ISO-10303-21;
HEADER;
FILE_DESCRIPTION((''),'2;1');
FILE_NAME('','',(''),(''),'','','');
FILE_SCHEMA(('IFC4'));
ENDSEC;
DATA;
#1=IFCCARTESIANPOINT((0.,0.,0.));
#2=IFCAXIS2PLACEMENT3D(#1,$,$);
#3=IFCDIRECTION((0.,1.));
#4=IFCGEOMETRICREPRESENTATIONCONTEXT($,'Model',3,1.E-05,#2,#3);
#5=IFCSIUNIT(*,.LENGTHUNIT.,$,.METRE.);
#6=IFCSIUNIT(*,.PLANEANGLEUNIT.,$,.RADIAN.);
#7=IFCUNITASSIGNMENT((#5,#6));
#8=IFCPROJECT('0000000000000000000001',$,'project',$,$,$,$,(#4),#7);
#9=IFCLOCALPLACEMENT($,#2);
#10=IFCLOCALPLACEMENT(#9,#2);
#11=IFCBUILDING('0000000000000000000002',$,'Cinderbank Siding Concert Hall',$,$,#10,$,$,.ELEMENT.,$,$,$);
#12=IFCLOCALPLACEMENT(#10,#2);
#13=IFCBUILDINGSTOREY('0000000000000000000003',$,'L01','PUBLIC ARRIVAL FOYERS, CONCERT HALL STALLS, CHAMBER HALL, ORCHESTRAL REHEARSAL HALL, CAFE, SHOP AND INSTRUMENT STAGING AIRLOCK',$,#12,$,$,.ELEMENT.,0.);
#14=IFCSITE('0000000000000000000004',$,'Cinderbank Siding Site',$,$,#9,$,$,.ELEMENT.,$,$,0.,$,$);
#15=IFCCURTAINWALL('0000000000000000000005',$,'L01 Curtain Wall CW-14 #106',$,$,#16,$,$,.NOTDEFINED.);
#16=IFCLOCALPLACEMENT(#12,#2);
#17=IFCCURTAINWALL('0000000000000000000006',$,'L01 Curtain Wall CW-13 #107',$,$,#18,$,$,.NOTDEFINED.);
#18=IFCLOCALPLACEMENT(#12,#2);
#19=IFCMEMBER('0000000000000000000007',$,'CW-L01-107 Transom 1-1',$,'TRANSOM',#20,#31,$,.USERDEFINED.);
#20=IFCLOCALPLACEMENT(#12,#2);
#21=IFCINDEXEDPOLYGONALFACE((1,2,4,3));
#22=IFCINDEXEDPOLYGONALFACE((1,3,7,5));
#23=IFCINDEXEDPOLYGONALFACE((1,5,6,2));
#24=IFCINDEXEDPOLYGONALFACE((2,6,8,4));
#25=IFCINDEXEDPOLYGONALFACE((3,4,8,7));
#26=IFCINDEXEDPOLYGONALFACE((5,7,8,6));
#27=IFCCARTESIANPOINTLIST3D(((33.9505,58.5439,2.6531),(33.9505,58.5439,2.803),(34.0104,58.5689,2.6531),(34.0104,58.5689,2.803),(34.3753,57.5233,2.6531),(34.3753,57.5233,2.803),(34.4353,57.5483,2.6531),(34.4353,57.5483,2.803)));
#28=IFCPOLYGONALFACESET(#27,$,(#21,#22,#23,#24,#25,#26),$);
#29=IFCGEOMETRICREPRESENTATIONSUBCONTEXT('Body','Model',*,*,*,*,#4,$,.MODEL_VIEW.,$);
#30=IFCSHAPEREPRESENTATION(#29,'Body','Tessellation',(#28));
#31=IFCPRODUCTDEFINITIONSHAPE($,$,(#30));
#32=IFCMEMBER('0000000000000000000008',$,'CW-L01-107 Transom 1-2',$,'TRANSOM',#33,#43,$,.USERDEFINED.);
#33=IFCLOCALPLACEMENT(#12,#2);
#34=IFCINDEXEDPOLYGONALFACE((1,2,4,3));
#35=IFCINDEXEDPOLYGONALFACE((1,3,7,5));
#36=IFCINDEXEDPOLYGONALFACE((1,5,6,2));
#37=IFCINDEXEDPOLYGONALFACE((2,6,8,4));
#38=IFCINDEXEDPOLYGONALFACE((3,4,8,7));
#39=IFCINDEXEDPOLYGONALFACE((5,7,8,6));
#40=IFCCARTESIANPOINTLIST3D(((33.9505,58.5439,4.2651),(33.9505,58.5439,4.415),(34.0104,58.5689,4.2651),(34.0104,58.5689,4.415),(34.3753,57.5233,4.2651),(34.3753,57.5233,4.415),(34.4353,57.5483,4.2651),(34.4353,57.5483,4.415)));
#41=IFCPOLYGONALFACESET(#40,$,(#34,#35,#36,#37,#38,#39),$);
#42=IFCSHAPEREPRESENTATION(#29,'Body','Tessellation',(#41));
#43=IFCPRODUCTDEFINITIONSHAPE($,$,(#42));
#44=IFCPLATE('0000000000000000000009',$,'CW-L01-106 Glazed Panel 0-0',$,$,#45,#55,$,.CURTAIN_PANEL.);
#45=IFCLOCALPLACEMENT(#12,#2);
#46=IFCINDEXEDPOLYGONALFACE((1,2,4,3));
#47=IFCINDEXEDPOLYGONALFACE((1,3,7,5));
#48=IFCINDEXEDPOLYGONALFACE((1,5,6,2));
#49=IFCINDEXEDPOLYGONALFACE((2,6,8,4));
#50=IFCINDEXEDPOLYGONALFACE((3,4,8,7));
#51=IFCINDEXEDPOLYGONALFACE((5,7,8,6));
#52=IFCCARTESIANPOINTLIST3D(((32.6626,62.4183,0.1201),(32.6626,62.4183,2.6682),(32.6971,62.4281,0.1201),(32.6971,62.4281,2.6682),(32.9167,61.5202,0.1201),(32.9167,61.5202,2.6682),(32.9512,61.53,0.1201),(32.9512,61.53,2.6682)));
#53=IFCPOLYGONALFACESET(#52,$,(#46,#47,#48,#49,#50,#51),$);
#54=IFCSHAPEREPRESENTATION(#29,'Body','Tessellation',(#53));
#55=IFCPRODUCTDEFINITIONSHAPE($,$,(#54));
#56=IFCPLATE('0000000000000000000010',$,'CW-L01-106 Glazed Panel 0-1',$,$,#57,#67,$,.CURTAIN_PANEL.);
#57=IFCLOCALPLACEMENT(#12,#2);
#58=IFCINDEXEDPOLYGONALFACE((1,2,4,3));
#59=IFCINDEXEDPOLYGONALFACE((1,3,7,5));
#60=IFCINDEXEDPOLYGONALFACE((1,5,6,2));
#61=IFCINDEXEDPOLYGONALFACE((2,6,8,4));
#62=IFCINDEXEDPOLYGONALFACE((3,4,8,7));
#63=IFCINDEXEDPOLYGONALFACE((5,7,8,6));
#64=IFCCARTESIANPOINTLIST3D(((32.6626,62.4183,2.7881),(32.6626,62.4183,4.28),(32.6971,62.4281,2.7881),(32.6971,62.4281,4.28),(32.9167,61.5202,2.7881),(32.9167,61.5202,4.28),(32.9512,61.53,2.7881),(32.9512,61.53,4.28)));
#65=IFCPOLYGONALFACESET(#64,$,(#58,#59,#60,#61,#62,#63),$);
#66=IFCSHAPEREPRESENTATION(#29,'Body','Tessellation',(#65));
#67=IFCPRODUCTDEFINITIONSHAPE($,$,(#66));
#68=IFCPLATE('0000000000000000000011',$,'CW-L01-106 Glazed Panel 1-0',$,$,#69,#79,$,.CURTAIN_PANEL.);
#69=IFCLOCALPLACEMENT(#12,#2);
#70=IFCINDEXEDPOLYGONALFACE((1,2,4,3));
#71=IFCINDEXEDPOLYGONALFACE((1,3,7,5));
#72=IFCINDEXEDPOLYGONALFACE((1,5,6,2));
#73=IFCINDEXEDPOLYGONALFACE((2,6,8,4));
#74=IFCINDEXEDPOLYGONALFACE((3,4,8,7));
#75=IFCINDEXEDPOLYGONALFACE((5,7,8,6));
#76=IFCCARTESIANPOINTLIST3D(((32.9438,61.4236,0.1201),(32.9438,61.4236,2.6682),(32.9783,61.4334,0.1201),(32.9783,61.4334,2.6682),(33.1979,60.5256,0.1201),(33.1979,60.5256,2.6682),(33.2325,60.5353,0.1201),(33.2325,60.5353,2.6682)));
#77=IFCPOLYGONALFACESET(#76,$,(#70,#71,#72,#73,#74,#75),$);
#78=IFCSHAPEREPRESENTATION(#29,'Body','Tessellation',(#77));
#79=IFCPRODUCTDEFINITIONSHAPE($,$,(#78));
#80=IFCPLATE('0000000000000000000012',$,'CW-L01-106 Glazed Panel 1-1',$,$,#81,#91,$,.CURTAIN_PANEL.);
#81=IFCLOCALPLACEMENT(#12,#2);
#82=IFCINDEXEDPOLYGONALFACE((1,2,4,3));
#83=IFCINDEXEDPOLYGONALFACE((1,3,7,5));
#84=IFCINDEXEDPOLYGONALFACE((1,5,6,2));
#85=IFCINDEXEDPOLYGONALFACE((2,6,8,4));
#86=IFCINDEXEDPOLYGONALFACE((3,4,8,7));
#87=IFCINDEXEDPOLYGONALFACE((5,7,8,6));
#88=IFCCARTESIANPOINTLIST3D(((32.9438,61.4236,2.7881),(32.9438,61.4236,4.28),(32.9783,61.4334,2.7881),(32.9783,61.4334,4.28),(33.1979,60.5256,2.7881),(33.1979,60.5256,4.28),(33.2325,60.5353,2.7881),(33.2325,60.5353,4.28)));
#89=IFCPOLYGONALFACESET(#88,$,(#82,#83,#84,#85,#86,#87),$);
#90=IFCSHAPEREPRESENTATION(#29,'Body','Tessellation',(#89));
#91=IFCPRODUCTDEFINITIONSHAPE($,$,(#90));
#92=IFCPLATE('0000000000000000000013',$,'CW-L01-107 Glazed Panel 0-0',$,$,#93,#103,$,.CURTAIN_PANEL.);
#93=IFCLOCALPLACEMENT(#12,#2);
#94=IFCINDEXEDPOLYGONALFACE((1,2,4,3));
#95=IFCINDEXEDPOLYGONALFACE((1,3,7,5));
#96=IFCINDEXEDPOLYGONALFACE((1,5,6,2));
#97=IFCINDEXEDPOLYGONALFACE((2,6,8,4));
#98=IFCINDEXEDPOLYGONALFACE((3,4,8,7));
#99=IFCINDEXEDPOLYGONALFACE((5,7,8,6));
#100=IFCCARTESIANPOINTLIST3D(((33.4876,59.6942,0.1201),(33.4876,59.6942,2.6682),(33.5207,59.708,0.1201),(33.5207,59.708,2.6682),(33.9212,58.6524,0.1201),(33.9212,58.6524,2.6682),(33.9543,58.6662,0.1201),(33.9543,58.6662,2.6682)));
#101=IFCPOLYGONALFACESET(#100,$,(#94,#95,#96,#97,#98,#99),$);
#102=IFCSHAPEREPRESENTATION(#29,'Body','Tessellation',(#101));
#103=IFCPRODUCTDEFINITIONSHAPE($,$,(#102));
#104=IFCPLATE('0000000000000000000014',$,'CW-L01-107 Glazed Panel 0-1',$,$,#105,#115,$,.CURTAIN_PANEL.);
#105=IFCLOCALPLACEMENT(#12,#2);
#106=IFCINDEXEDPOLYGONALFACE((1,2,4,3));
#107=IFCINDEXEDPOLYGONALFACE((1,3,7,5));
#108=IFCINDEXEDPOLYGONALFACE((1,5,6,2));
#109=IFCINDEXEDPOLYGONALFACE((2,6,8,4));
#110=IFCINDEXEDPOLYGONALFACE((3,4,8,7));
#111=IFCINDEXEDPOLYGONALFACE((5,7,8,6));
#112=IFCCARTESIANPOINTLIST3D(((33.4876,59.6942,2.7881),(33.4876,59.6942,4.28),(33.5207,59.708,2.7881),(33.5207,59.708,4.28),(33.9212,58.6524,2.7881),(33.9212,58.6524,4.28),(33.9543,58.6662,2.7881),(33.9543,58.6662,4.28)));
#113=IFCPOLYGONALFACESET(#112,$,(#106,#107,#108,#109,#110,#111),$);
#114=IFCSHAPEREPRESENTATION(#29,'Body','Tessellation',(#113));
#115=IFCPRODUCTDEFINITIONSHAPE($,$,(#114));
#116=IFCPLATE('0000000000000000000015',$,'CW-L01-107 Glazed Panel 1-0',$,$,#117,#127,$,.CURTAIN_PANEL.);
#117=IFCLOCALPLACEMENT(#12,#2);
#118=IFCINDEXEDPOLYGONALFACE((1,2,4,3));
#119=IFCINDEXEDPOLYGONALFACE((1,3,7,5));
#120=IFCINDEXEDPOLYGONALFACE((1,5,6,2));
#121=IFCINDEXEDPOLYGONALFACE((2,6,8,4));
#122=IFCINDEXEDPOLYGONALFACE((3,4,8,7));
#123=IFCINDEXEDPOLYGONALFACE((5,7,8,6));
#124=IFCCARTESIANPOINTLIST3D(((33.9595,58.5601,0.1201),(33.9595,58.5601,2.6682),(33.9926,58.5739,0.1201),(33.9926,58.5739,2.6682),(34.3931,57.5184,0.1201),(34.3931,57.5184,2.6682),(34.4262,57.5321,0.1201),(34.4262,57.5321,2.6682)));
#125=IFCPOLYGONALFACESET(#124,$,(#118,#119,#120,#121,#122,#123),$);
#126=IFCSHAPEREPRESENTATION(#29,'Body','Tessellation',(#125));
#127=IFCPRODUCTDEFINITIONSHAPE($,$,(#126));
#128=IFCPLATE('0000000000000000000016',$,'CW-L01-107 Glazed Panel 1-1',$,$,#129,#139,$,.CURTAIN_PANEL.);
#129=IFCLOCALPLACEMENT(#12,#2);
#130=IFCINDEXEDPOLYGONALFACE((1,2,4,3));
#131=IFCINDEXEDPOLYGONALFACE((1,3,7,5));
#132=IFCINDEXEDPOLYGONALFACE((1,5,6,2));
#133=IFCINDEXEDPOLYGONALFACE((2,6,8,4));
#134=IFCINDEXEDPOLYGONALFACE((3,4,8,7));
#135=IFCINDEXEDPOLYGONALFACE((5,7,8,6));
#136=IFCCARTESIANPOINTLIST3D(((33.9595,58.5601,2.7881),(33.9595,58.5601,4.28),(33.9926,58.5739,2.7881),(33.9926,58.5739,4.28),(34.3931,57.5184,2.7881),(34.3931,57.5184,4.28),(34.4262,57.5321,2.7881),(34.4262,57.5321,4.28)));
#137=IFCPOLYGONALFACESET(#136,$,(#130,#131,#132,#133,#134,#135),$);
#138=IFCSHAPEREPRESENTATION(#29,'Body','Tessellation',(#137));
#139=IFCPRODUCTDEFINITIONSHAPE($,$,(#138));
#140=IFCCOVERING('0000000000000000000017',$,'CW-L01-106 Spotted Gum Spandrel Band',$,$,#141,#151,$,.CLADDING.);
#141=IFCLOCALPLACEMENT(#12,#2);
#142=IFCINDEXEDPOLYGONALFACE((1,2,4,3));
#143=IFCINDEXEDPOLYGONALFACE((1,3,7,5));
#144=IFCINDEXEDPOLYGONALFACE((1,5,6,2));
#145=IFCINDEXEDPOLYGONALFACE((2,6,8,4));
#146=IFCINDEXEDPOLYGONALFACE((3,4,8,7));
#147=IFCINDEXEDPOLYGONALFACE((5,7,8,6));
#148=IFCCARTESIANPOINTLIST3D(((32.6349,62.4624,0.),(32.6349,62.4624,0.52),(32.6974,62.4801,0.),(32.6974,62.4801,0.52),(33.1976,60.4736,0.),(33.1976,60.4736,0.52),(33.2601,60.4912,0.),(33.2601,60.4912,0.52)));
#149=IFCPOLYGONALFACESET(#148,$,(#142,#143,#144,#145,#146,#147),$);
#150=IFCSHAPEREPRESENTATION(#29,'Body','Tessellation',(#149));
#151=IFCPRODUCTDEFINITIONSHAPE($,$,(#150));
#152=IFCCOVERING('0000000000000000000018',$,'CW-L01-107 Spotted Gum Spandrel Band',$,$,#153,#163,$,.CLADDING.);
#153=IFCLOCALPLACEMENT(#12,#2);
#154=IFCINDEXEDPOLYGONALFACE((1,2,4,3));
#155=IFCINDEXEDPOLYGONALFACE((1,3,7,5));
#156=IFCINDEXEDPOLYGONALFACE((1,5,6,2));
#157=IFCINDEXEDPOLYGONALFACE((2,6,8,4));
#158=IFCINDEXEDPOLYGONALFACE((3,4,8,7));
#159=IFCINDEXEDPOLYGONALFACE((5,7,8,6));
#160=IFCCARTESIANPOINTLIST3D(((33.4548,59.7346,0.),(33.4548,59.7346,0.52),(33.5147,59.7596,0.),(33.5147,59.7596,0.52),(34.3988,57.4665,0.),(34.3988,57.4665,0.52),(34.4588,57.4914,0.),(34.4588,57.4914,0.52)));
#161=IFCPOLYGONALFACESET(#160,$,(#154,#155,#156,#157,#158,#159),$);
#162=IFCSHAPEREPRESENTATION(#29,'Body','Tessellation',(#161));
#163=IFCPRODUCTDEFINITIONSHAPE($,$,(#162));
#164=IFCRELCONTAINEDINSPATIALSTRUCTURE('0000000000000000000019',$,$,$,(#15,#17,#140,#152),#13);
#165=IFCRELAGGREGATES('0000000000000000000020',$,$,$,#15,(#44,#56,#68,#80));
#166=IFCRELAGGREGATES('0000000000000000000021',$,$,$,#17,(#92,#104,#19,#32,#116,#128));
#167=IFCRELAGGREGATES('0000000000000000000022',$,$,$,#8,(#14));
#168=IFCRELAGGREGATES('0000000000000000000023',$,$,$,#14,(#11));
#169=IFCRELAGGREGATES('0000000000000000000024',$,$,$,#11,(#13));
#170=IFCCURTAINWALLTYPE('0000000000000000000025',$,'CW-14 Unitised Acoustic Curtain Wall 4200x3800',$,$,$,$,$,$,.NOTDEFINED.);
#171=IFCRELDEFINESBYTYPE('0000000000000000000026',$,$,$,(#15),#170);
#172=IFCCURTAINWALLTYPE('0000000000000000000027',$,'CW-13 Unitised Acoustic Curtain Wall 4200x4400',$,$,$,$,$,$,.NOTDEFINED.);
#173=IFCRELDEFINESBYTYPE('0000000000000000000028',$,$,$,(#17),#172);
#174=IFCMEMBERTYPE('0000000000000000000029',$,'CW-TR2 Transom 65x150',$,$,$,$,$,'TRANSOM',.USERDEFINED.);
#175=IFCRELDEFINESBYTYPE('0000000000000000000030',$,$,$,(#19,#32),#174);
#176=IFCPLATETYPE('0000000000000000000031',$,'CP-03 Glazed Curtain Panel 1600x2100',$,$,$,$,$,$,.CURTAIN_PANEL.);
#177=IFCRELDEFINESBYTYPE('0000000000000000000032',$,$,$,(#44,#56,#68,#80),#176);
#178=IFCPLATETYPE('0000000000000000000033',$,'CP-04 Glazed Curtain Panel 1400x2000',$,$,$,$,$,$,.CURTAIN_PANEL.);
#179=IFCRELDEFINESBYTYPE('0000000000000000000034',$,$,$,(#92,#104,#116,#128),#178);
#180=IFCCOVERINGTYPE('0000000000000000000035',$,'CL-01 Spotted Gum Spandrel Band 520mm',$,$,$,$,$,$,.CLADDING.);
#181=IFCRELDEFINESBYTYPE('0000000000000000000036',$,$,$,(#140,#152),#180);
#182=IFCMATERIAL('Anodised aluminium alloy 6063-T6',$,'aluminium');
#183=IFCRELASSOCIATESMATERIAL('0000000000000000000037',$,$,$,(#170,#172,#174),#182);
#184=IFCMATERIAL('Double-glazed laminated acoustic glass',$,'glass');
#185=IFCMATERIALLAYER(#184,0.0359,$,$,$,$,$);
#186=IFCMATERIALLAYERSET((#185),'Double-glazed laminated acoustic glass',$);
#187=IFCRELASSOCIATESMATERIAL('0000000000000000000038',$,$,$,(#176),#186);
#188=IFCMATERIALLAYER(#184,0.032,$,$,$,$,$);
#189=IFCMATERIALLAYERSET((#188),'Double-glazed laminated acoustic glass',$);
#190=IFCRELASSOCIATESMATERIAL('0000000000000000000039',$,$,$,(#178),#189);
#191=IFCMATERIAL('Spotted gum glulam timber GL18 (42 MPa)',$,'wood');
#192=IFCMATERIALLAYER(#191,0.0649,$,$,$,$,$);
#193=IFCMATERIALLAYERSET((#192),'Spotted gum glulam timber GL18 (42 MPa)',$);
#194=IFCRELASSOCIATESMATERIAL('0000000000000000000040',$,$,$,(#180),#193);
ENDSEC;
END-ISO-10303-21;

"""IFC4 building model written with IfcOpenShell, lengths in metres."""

from ifc_helpers import new_model, si_unit, direction, frame, origin, origin_2d, place, context, subcontext, project, spatial, rectangle, extrude, material, layer, layer_set, material_profile, profile_set, type_object, element, aggregate, save


model = new_model("IFC4")

# Units and contexts
model_context = context("Model", 3, precision=1e-05, world=origin(), true_north=direction((0.0, 1.0)))
body_context = subcontext(model_context, "Body", "Model", "MODEL_VIEW")
ifc_project = project(units=[si_unit("LENGTHUNIT", "METRE"), si_unit("PLANEANGLEUNIT", "RADIAN")], contexts=[model_context])

# Site, building, storey
site_placement = place(None, origin())
site = spatial("IfcSite", under=ifc_project, at=site_placement, Name="Cinderbank Siding Site", CompositionType="ELEMENT", RefElevation=0.0)
building_placement = place(site_placement, origin())
building = spatial("IfcBuilding", under=site, at=building_placement, Name="Cinderbank Siding Concert Hall", CompositionType="ELEMENT")
storey_placement = place(building_placement, origin())
storey = spatial("IfcBuildingStorey", under=building, at=storey_placement, Name="L01", Description="PUBLIC ARRIVAL FOYERS, CONCERT HALL STALLS, CHAMBER HALL, ORCHESTRAL REHEARSAL HALL, CAFE, SHOP AND INSTRUMENT STAGING AIRLOCK", CompositionType="ELEMENT", Elevation=0.0)

# Curtain walls
ifc_material_1 = material(Name="Anodised aluminium alloy 6063-T6", Category="aluminium")
curtain_wall_type_1 = type_object("IfcCurtainWallType", Name="CW-14 Unitised Acoustic Curtain Wall 4200x3800", PredefinedType="NOTDEFINED", material=ifc_material_1)
curtain_wall_1_placement = place(storey_placement, origin())
curtain_wall_1 = element("IfcCurtainWall", 1, at=curtain_wall_1_placement, inside=storey, type_object=curtain_wall_type_1, Name="L01 Curtain Wall CW-14 #106", PredefinedType="NOTDEFINED")
curtain_wall_type_2 = type_object("IfcCurtainWallType", Name="CW-13 Unitised Acoustic Curtain Wall 4200x4400", PredefinedType="NOTDEFINED", material=ifc_material_1)
curtain_wall_2_placement = place(storey_placement, origin())
curtain_wall_2 = element("IfcCurtainWall", 2, at=curtain_wall_2_placement, inside=storey, type_object=curtain_wall_type_2, Name="L01 Curtain Wall CW-13 #107", PredefinedType="NOTDEFINED")

# Members
ifc_material_profile_1 = material_profile(ifc_material_1, rectangle(XDim=0.0649, YDim=0.1499, at=origin_2d()), Name="ALU-TRAN-65x150", Category="LoadBearing")
ifc_profile_set_1 = profile_set([ifc_material_profile_1], Name="Anodised aluminium alloy 6063-T6")
member_type_1 = type_object("IfcMemberType", Name="CW-TR2 Transom 65x150", ElementType="TRANSOM", PredefinedType="USERDEFINED", material=ifc_profile_set_1)
member_1_placement = place(storey_placement, frame((33.9805, 58.5564, 2.728), z_axis=(0.384302, -0.923208, 0.0), x_axis=(0.923208, 0.384302, 0.0)))
member_1 = element("IfcMember", 3, at=member_1_placement, type_object=member_type_1, Name="CW-L01-107 Transom 1-1", ObjectType="TRANSOM", PredefinedType="USERDEFINED", context=body_context, shape_type="SweptSolid", body=[
    extrude(rectangle(XDim=0.0649, YDim=0.1499, at=origin_2d()), origin(), (0.0, 0.0, 1.0), 1.1055),
])
member_2_placement = place(storey_placement, frame((33.9805, 58.5564, 4.3401), z_axis=(0.384302, -0.923208, 0.0), x_axis=(0.923208, 0.384302, 0.0)))
member_2 = element("IfcMember", 4, at=member_2_placement, type_object=member_type_1, Name="CW-L01-107 Transom 1-2", ObjectType="TRANSOM", PredefinedType="USERDEFINED", context=body_context, shape_type="SweptSolid", body=[
    extrude(rectangle(XDim=0.0649, YDim=0.1499, at=origin_2d()), origin(), (0.0, 0.0, 1.0), 1.1055),
])

# Plates
ifc_material_2 = material(Name="Double-glazed laminated acoustic glass", Category="glass")
ifc_layer_1 = layer(ifc_material_2, 0.0359)
ifc_layer_set_1 = layer_set([ifc_layer_1], Name="Double-glazed laminated acoustic glass")
plate_type_1 = type_object("IfcPlateType", Name="CP-03 Glazed Curtain Panel 1600x2100", PredefinedType="CURTAIN_PANEL", material=ifc_layer_set_1)
plate_1_placement = place(storey_placement, frame((32.8069, 61.9741, 0.1201), z_axis=(0.0, 0.0, 1.0), x_axis=(0.272275, -0.962219, 0.0)))
plate_1 = element("IfcPlate", 5, at=plate_1_placement, type_object=plate_type_1, Name="CW-L01-106 Glazed Panel 0-0", PredefinedType="CURTAIN_PANEL", context=body_context, shape_type="SweptSolid", body=[
    extrude(rectangle(XDim=0.9333, YDim=0.0359, at=origin_2d()), origin(), (0.0, 0.0, 1.0), 2.5481),
])
plate_2_placement = place(storey_placement, frame((32.8069, 61.9741, 2.7881), z_axis=(0.0, 0.0, 1.0), x_axis=(0.272275, -0.962219, 0.0)))
plate_2 = element("IfcPlate", 6, at=plate_2_placement, type_object=plate_type_1, Name="CW-L01-106 Glazed Panel 0-1", PredefinedType="CURTAIN_PANEL", context=body_context, shape_type="SweptSolid", body=[
    extrude(rectangle(XDim=0.9333, YDim=0.0359, at=origin_2d()), origin(), (0.0, 0.0, 1.0), 1.4919),
])
plate_3_placement = place(storey_placement, frame((33.0881, 60.9795, 0.1201), z_axis=(0.0, 0.0, 1.0), x_axis=(0.272275, -0.962219, 0.0)))
plate_3 = element("IfcPlate", 7, at=plate_3_placement, type_object=plate_type_1, Name="CW-L01-106 Glazed Panel 1-0", PredefinedType="CURTAIN_PANEL", context=body_context, shape_type="SweptSolid", body=[
    extrude(rectangle(XDim=0.9333, YDim=0.0359, at=origin_2d()), origin(), (0.0, 0.0, 1.0), 2.5481),
])
plate_4_placement = place(storey_placement, frame((33.0881, 60.9795, 2.7881), z_axis=(0.0, 0.0, 1.0), x_axis=(0.272275, -0.962219, 0.0)))
plate_4 = element("IfcPlate", 8, at=plate_4_placement, type_object=plate_type_1, Name="CW-L01-106 Glazed Panel 1-1", PredefinedType="CURTAIN_PANEL", context=body_context, shape_type="SweptSolid", body=[
    extrude(rectangle(XDim=0.9333, YDim=0.0359, at=origin_2d()), origin(), (0.0, 0.0, 1.0), 1.4919),
])
aggregate(curtain_wall_1, [plate_1, plate_2, plate_3, plate_4])
ifc_layer_2 = layer(ifc_material_2, 0.032)
ifc_layer_set_2 = layer_set([ifc_layer_2], Name="Double-glazed laminated acoustic glass")
plate_type_2 = type_object("IfcPlateType", Name="CP-04 Glazed Curtain Panel 1400x2000", PredefinedType="CURTAIN_PANEL", material=ifc_layer_set_2)
plate_5_placement = place(storey_placement, frame((33.7209, 59.1802, 0.1201), z_axis=(0.0, 0.0, 1.0), x_axis=(0.384274, -0.923219, 0.0)))
plate_5 = element("IfcPlate", 9, at=plate_5_placement, type_object=plate_type_2, Name="CW-L01-107 Glazed Panel 0-0", PredefinedType="CURTAIN_PANEL", context=body_context, shape_type="SweptSolid", body=[
    extrude(rectangle(XDim=1.1284, YDim=0.0359, at=origin_2d()), origin(), (0.0, 0.0, 1.0), 2.5481),
])
plate_6_placement = place(storey_placement, frame((33.7209, 59.1802, 2.7881), z_axis=(0.0, 0.0, 1.0), x_axis=(0.384274, -0.923219, 0.0)))
plate_6 = element("IfcPlate", 10, at=plate_6_placement, type_object=plate_type_2, Name="CW-L01-107 Glazed Panel 0-1", PredefinedType="CURTAIN_PANEL", context=body_context, shape_type="SweptSolid", body=[
    extrude(rectangle(XDim=1.1284, YDim=0.0359, at=origin_2d()), origin(), (0.0, 0.0, 1.0), 1.4919),
])
plate_7_placement = place(storey_placement, frame((34.1929, 58.0461, 0.1201), z_axis=(0.0, 0.0, 1.0), x_axis=(0.384274, -0.923219, 0.0)))
plate_7 = element("IfcPlate", 11, at=plate_7_placement, type_object=plate_type_2, Name="CW-L01-107 Glazed Panel 1-0", PredefinedType="CURTAIN_PANEL", context=body_context, shape_type="SweptSolid", body=[
    extrude(rectangle(XDim=1.1284, YDim=0.0359, at=origin_2d()), origin(), (0.0, 0.0, 1.0), 2.5481),
])
plate_8_placement = place(storey_placement, frame((34.1929, 58.0461, 2.7881), z_axis=(0.0, 0.0, 1.0), x_axis=(0.384274, -0.923219, 0.0)))
plate_8 = element("IfcPlate", 12, at=plate_8_placement, type_object=plate_type_2, Name="CW-L01-107 Glazed Panel 1-1", PredefinedType="CURTAIN_PANEL", context=body_context, shape_type="SweptSolid", body=[
    extrude(rectangle(XDim=1.1284, YDim=0.0359, at=origin_2d()), origin(), (0.0, 0.0, 1.0), 1.4919),
])
aggregate(curtain_wall_2, [plate_5, plate_6, member_1, member_2, plate_7, plate_8])

# Coverings
ifc_material_3 = material(Name="Spotted gum glulam timber GL18 (42 MPa)", Category="wood")
ifc_layer_3 = layer(ifc_material_3, 0.0649)
ifc_layer_set_3 = layer_set([ifc_layer_3], Name="Spotted gum glulam timber GL18 (42 MPa)")
covering_type = type_object("IfcCoveringType", Name="CL-01 Spotted Gum Spandrel Band 520mm", PredefinedType="CLADDING", material=ifc_layer_set_3)
covering_1_placement = place(storey_placement, frame((32.9475, 61.4768, 0.0), z_axis=(0.0, 0.0, 1.0), x_axis=(0.272275, -0.962219, 0.0)))
element("IfcCovering", 13, at=covering_1_placement, inside=storey, type_object=covering_type, Name="CW-L01-106 Spotted Gum Spandrel Band", PredefinedType="CLADDING", context=body_context, shape_type="SweptSolid", body=[
    extrude(rectangle(XDim=2.0669, YDim=0.0649, at=origin_2d()), origin(), (0.0, 0.0, 1.0), 0.52),
])
covering_2_placement = place(storey_placement, frame((33.9568, 58.613, 0.0), z_axis=(0.0, 0.0, 1.0), x_axis=(0.384274, -0.923219, 0.0)))
element("IfcCovering", 14, at=covering_2_placement, inside=storey, type_object=covering_type, Name="CW-L01-107 Spotted Gum Spandrel Band", PredefinedType="CLADDING", context=body_context, shape_type="SweptSolid", body=[
    extrude(rectangle(XDim=2.4568, YDim=0.0649, at=origin_2d()), origin(), (0.0, 0.0, 1.0), 0.52),
])

save(model, "model.ifc")
